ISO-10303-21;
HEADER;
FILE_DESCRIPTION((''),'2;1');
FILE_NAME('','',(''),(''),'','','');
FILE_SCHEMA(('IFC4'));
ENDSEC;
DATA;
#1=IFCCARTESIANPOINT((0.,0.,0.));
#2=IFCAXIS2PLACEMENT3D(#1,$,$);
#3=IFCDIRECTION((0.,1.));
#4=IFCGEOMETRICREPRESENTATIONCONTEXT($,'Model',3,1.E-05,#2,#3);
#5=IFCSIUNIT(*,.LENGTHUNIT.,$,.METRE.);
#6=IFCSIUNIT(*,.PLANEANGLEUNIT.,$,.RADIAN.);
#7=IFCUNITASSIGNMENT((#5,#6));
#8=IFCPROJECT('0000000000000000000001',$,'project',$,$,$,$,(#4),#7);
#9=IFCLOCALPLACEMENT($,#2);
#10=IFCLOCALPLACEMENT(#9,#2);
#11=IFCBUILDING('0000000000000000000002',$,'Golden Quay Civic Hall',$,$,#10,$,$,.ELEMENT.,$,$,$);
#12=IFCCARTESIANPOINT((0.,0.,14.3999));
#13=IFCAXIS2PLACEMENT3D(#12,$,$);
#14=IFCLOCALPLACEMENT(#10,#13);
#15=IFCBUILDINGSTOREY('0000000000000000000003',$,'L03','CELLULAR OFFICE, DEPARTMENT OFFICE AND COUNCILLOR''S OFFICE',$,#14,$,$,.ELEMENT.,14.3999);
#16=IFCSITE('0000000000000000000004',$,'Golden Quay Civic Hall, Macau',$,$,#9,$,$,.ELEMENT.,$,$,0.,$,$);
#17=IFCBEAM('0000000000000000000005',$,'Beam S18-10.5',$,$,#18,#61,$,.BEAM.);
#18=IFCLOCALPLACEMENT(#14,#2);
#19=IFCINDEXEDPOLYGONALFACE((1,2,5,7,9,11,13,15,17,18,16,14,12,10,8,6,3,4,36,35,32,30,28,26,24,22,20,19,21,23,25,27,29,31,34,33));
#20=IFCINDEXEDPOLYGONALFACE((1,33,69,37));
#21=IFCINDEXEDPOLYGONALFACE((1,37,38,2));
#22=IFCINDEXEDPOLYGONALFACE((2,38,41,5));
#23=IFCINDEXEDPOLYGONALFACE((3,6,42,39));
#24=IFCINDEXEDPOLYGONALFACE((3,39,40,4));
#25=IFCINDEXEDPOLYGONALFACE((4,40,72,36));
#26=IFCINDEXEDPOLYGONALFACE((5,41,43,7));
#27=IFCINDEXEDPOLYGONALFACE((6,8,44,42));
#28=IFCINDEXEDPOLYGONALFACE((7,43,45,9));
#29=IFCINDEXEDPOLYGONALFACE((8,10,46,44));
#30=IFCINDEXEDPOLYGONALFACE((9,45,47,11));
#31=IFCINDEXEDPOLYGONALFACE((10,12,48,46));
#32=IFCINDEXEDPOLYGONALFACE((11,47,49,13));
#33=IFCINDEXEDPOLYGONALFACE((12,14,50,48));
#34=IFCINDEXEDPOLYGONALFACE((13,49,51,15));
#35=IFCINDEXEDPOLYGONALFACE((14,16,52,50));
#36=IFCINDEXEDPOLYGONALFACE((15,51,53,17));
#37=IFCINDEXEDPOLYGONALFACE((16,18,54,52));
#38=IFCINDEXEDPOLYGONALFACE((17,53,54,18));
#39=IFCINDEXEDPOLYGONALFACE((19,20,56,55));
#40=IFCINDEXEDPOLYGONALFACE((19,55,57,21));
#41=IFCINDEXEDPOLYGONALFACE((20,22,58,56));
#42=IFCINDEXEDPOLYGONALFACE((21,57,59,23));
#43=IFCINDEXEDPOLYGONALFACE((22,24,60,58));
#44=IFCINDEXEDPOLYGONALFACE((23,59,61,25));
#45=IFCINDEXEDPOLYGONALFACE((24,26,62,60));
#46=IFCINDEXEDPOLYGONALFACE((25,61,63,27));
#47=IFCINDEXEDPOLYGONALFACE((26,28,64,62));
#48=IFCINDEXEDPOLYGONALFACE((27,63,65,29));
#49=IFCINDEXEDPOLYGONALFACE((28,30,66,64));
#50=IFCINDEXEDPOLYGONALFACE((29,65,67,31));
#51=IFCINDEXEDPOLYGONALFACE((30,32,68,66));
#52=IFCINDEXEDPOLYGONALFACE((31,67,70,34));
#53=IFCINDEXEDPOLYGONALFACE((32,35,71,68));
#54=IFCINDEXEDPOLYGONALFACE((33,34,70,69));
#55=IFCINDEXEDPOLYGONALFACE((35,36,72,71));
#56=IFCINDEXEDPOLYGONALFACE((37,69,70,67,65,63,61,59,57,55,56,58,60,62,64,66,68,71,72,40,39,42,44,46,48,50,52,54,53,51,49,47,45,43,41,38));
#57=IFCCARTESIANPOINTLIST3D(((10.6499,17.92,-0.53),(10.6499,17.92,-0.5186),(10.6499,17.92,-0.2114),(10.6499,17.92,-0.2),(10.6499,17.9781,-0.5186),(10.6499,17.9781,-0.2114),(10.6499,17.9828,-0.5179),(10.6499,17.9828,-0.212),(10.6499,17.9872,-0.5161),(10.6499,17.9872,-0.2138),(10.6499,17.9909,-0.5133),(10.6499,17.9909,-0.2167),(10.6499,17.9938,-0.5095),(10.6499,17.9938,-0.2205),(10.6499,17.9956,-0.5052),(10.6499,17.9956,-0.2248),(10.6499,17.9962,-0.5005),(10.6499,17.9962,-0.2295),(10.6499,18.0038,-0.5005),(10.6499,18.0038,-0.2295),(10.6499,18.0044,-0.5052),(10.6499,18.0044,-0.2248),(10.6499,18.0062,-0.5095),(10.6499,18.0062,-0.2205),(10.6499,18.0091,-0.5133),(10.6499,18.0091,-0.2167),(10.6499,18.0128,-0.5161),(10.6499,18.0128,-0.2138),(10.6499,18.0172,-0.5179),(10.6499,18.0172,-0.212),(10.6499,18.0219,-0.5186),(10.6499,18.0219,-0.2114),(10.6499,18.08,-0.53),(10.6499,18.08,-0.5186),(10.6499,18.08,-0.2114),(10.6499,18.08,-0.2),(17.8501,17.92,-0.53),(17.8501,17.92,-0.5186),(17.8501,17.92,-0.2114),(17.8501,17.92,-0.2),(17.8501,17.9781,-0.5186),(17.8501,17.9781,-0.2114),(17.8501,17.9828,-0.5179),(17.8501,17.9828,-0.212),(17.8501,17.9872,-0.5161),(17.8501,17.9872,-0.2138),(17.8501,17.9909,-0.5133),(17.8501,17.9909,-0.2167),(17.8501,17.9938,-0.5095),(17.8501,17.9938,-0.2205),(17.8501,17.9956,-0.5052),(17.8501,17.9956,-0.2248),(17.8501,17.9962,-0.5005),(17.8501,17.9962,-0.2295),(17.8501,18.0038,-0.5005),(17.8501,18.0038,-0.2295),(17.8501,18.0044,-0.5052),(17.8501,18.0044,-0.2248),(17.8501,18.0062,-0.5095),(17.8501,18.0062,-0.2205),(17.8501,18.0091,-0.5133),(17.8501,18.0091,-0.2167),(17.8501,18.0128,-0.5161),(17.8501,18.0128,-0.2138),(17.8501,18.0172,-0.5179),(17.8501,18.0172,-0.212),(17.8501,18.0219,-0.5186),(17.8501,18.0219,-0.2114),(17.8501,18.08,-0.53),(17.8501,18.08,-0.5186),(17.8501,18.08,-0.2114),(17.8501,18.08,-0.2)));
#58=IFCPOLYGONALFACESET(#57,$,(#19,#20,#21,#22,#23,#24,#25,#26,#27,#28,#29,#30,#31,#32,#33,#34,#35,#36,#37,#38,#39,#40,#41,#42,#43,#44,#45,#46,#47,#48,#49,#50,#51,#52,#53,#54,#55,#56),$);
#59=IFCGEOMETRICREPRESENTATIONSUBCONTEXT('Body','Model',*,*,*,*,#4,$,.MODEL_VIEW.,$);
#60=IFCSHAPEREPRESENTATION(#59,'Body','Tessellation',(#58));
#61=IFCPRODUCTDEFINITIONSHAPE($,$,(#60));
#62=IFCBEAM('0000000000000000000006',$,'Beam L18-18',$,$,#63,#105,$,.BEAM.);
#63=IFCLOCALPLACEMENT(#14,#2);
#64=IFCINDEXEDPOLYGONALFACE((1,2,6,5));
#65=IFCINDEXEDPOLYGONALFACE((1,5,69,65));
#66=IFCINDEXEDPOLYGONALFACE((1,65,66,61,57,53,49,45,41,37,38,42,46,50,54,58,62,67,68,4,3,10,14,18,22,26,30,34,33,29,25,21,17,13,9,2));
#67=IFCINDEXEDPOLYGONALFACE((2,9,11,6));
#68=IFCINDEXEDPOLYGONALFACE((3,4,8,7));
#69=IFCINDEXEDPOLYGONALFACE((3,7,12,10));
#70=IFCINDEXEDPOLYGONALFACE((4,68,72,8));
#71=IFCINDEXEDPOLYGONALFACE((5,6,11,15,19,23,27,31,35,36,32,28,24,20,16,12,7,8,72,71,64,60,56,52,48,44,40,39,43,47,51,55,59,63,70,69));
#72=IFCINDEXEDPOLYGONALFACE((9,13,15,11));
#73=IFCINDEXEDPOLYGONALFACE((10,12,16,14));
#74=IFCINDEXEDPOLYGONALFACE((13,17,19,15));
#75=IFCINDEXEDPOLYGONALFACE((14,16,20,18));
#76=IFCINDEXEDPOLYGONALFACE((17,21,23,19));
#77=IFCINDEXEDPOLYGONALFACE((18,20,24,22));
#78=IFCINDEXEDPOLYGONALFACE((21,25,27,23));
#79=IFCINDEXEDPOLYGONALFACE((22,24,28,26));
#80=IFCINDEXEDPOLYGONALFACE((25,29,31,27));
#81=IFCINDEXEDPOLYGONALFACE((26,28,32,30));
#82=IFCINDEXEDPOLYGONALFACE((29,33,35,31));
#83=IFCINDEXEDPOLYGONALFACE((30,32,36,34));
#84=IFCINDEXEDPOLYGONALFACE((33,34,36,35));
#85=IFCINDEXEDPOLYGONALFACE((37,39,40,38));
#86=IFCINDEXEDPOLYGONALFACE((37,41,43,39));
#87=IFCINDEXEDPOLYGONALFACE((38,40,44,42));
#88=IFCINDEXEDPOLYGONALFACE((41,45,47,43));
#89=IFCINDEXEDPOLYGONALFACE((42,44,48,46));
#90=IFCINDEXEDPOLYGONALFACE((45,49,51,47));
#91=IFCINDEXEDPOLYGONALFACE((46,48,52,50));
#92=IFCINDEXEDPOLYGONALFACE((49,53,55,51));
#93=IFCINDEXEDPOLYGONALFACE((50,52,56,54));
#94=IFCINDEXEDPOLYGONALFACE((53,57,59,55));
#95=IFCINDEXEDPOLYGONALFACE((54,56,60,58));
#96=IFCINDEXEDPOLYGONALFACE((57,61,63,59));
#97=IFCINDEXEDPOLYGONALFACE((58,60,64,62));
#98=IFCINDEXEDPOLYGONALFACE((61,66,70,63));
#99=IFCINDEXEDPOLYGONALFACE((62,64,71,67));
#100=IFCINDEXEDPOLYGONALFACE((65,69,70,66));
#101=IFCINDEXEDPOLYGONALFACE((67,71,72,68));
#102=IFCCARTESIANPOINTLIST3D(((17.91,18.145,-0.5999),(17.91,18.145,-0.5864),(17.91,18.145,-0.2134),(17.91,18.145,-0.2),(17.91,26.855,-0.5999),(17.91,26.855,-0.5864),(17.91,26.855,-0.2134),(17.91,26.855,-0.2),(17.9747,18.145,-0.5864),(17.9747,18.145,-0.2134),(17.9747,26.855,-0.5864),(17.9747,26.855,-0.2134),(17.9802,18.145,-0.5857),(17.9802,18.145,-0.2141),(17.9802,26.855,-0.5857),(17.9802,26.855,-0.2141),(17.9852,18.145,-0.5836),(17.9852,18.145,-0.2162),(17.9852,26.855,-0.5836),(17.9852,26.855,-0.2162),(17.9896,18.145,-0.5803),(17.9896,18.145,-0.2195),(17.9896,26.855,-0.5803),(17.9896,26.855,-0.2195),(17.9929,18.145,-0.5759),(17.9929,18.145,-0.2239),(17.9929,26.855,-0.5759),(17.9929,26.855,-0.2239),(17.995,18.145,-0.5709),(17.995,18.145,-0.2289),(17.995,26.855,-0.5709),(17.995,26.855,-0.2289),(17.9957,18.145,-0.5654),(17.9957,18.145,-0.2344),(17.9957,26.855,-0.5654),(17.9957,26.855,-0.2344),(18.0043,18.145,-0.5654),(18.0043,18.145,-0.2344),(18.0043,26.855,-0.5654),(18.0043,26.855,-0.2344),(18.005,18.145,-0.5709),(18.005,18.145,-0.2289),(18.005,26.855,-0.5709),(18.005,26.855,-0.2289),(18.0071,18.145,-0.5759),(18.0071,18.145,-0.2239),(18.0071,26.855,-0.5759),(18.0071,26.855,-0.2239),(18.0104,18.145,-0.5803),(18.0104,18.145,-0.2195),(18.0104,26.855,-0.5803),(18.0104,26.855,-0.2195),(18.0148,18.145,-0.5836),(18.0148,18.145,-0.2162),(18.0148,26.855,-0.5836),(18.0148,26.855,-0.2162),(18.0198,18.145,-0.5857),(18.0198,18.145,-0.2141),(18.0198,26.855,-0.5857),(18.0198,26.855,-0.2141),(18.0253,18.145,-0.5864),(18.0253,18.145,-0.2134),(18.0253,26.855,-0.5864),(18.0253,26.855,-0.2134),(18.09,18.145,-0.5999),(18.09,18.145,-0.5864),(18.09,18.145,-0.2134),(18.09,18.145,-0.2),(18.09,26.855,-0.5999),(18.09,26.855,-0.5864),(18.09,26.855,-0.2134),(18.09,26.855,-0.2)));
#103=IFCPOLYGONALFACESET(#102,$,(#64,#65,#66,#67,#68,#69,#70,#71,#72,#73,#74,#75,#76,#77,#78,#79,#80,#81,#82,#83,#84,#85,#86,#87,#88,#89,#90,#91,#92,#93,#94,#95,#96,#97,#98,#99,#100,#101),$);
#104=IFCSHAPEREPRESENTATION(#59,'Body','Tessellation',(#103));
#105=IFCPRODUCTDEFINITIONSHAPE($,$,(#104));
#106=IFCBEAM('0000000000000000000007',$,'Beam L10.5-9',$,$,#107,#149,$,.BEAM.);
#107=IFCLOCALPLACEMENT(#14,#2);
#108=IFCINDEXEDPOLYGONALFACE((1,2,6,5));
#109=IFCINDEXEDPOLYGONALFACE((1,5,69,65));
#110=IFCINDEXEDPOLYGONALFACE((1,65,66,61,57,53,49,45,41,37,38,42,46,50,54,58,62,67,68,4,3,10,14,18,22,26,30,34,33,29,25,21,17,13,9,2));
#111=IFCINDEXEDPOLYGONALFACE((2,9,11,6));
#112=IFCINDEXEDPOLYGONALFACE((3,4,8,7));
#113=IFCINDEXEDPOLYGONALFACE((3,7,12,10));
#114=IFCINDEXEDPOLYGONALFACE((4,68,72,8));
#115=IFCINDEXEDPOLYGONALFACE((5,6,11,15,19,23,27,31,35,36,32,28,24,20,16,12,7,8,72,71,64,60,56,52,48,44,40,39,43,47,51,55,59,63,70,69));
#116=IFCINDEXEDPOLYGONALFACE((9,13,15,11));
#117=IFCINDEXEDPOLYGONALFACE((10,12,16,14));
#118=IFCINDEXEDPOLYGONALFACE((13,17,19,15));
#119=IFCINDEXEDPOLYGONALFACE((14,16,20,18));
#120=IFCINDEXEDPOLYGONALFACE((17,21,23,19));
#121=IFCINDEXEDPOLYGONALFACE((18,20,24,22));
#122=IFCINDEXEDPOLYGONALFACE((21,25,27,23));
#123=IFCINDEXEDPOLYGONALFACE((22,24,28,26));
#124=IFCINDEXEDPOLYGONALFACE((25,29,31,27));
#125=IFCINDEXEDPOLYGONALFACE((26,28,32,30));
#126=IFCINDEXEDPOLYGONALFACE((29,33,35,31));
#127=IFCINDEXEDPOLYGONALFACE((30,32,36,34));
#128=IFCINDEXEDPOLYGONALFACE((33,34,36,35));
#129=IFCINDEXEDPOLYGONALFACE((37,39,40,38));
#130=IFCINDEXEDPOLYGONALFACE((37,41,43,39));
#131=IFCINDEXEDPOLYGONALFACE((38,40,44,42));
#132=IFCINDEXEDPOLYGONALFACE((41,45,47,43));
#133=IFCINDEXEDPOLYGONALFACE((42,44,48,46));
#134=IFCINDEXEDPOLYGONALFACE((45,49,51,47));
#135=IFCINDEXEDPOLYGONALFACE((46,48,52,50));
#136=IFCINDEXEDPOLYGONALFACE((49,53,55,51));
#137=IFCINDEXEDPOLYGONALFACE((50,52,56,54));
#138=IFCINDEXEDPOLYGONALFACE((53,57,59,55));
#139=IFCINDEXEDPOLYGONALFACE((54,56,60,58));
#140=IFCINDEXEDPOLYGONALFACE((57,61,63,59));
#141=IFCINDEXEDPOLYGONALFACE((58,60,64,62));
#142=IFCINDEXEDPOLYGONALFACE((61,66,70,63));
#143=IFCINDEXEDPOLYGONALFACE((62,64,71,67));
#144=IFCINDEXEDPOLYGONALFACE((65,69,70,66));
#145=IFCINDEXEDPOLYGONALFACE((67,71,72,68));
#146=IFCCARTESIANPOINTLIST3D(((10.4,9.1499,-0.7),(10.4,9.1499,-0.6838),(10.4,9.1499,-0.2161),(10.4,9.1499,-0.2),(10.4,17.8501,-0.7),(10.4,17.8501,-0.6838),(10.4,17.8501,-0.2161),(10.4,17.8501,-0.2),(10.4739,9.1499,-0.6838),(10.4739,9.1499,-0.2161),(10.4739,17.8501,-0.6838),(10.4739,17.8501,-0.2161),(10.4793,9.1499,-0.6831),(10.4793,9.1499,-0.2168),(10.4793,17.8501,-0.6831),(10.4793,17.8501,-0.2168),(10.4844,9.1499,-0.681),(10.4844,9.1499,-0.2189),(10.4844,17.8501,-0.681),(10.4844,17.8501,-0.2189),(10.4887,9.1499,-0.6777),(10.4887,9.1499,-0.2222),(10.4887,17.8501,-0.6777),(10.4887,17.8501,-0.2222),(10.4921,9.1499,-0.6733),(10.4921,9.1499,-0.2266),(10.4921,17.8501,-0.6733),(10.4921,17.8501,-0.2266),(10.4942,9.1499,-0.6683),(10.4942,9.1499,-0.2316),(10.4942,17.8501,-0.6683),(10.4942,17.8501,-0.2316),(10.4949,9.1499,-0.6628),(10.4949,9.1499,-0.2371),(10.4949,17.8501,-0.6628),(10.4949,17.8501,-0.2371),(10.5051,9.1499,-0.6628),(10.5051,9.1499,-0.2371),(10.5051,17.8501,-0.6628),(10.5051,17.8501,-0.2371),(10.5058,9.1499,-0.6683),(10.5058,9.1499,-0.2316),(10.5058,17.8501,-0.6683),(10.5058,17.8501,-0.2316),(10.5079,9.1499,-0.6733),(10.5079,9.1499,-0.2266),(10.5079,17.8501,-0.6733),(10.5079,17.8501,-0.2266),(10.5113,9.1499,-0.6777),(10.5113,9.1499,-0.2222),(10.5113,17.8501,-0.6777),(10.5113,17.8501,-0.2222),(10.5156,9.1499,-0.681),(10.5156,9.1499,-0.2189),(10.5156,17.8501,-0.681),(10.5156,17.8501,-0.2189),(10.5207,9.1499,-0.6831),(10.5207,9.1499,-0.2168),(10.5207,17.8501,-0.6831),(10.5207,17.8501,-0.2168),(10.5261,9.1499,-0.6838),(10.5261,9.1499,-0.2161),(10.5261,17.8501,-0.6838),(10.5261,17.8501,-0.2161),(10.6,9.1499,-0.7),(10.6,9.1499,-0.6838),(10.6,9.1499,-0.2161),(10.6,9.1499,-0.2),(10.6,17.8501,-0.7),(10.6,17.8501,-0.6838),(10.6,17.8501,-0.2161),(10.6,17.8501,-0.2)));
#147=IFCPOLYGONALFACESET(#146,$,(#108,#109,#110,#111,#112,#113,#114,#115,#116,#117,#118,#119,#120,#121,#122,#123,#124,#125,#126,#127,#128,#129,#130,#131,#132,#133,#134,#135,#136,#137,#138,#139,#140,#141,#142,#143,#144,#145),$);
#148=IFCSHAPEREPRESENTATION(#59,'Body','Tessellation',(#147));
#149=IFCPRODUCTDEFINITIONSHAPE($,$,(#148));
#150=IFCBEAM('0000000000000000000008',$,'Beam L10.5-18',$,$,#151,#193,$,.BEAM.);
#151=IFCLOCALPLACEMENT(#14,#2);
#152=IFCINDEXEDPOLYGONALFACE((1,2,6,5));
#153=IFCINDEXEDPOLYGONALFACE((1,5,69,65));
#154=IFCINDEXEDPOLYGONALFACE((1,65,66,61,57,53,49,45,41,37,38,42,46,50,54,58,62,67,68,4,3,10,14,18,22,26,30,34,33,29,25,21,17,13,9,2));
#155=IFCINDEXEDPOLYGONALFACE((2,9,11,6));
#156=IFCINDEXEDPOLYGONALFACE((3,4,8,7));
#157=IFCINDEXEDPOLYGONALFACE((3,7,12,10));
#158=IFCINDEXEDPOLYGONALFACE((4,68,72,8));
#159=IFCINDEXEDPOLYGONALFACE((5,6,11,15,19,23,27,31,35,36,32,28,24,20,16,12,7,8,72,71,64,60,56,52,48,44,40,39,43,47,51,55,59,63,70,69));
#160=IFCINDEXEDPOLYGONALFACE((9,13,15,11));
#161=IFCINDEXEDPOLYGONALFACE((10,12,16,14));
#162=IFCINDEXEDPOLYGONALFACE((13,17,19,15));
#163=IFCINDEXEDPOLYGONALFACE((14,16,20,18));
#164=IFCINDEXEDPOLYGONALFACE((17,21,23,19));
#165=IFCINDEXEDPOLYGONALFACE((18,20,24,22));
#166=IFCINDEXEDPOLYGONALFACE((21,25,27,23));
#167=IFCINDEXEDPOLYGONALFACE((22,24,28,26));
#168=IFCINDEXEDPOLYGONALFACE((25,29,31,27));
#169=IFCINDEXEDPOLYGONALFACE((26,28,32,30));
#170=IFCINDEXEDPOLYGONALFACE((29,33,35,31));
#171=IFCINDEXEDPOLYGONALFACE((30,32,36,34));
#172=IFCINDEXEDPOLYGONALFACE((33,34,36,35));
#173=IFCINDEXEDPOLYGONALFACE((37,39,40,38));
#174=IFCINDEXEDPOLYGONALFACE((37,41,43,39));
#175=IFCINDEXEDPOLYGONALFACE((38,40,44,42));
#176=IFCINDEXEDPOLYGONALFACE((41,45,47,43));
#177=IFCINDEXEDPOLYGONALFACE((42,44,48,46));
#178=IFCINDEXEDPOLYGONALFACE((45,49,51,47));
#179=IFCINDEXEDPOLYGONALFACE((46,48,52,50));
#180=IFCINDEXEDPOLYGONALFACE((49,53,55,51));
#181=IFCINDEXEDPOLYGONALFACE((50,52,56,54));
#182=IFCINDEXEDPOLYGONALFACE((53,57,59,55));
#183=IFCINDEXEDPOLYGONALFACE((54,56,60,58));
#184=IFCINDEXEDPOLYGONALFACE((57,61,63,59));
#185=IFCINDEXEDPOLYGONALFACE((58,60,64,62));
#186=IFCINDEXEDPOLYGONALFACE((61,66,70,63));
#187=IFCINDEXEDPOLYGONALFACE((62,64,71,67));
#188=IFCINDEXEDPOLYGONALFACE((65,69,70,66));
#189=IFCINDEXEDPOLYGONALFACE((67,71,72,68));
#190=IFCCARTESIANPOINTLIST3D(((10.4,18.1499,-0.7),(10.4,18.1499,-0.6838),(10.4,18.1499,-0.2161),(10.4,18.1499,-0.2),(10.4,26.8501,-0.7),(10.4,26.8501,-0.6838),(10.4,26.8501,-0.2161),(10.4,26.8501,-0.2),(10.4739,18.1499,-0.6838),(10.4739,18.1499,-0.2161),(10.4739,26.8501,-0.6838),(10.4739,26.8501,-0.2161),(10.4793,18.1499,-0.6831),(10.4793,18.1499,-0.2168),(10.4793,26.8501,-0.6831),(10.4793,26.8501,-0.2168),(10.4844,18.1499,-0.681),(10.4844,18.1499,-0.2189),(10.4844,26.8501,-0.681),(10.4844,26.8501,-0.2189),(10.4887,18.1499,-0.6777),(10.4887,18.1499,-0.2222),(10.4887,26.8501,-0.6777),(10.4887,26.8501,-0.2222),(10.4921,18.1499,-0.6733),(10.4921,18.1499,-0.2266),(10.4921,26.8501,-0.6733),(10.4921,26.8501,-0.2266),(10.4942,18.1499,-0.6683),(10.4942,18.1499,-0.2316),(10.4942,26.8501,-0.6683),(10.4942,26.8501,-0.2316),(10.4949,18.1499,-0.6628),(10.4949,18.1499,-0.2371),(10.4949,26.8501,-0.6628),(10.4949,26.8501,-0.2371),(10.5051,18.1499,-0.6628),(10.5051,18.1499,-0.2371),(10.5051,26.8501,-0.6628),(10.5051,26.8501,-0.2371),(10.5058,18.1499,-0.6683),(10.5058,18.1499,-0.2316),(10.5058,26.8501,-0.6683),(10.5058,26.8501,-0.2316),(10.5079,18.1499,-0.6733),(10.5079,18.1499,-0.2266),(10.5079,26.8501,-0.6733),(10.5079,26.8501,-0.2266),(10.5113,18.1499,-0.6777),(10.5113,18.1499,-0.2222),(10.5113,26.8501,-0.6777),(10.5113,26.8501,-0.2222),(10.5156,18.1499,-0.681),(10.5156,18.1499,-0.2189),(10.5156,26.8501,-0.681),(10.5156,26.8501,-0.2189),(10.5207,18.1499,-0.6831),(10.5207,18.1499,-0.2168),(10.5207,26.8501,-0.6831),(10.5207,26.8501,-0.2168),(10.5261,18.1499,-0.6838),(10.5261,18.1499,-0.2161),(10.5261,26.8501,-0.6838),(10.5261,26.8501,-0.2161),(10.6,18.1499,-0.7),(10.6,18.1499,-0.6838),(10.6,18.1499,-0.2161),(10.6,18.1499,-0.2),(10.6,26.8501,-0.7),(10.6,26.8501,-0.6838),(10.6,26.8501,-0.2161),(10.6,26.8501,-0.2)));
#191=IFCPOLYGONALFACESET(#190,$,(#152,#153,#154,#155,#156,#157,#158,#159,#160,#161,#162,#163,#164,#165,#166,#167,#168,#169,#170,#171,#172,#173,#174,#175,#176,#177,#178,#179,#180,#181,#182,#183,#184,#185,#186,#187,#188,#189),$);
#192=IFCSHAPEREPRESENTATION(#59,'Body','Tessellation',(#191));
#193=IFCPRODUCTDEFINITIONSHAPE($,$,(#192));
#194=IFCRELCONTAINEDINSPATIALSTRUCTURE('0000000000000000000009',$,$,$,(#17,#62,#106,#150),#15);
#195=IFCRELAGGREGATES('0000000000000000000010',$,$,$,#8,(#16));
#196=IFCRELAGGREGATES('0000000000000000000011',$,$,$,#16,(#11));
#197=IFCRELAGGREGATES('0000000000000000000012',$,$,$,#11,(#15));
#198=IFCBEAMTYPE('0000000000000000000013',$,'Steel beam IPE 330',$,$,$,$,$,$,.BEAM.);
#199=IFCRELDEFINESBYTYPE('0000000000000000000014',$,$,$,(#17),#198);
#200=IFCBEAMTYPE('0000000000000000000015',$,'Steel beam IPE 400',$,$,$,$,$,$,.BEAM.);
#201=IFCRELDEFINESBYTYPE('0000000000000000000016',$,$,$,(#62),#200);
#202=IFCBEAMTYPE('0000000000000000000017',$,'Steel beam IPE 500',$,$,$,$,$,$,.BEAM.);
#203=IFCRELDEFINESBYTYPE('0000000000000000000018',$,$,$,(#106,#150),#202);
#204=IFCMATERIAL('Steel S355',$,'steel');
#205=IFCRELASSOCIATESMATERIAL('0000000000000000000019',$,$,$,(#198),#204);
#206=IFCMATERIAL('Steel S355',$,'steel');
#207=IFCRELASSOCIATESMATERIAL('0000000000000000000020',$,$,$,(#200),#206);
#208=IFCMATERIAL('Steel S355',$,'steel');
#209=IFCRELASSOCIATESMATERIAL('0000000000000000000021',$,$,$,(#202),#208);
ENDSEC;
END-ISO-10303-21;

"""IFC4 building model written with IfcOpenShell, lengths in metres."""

from ifc_helpers import new_model, si_unit, direction, frame, origin, origin_2d, place, context, subcontext, project, spatial, i_section, extrude, material, material_profile, profile_set, type_object, element, save


model = new_model("IFC4")

# Units and contexts
model_context = context("Model", 3, precision=1e-05, world=origin(), true_north=direction((0.0, 1.0)))
body_context = subcontext(model_context, "Body", "Model", "MODEL_VIEW")
ifc_project = project(units=[si_unit("LENGTHUNIT", "METRE"), si_unit("PLANEANGLEUNIT", "RADIAN")], contexts=[model_context])

# Site, building, storey
site_placement = place(None, origin())
site = spatial("IfcSite", under=ifc_project, at=site_placement, Name="Golden Quay Civic Hall, Macau", CompositionType="ELEMENT", RefElevation=0.0)
building_placement = place(site_placement, origin())
building = spatial("IfcBuilding", under=site, at=building_placement, Name="Golden Quay Civic Hall", CompositionType="ELEMENT")
storey_placement = place(building_placement, frame((0.0, 0.0, 14.3999)))
storey = spatial("IfcBuildingStorey", under=building, at=storey_placement, Name="L03", Description="CELLULAR OFFICE, DEPARTMENT OFFICE AND COUNCILLOR'S OFFICE", CompositionType="ELEMENT", Elevation=14.3999)

# Beams
ifc_material_1 = material(Name="Steel S355", Category="steel")
ifc_material_profile_1 = material_profile(ifc_material_1, i_section(OverallWidth=0.1599, OverallDepth=0.3301, WebThickness=0.0076, FlangeThickness=0.0115, FilletRadius=0.0181, at=origin_2d()), Name="IPE 330")
ifc_profile_set_1 = profile_set([ifc_material_profile_1], Name="Steel S355")
beam_type_1 = type_object("IfcBeamType", Name="Steel beam IPE 330", PredefinedType="BEAM", material=ifc_profile_set_1)
beam_1_placement = place(storey_placement, frame((10.6499, 18.0, -0.365), z_axis=(1.0, 0.0, 0.0), x_axis=(0.0, 1.0, 0.0)))
element("IfcBeam", 1, at=beam_1_placement, inside=storey, type_object=beam_type_1, Name="Beam S18-10.5", PredefinedType="BEAM", context=body_context, shape_type="SweptSolid", body=[
    extrude(i_section(OverallWidth=0.1599, OverallDepth=0.3301, WebThickness=0.0076, FlangeThickness=0.0115, FilletRadius=0.0181, at=origin_2d()), origin(), (0.0, 0.0, 1.0), 7.2002),
])
ifc_material_2 = material(Name="Steel S355", Category="steel")
ifc_material_profile_2 = material_profile(ifc_material_2, i_section(OverallWidth=0.1799, OverallDepth=0.3999, WebThickness=0.0085, FlangeThickness=0.0134, FilletRadius=0.021, at=origin_2d()), Name="IPE 400")
ifc_profile_set_2 = profile_set([ifc_material_profile_2], Name="Steel S355")
beam_type_2 = type_object("IfcBeamType", Name="Steel beam IPE 400", PredefinedType="BEAM", material=ifc_profile_set_2)
beam_2_placement = place(storey_placement, frame((18.0, 18.145, -0.3999), z_axis=(0.0, 1.0, 0.0), x_axis=(-1.0, 0.0, 0.0)))
element("IfcBeam", 2, at=beam_2_placement, inside=storey, type_object=beam_type_2, Name="Beam L18-18", PredefinedType="BEAM", context=body_context, shape_type="SweptSolid", body=[
    extrude(i_section(OverallWidth=0.1799, OverallDepth=0.3999, WebThickness=0.0085, FlangeThickness=0.0134, FilletRadius=0.021, at=origin_2d()), origin(), (0.0, 0.0, 1.0), 8.71),
])
ifc_material_3 = material(Name="Steel S355", Category="steel")
ifc_material_profile_3 = material_profile(ifc_material_3, i_section(OverallWidth=0.2, OverallDepth=0.5, WebThickness=0.0103, FlangeThickness=0.0161, FilletRadius=0.021, at=origin_2d()), Name="IPE 500")
ifc_profile_set_3 = profile_set([ifc_material_profile_3], Name="Steel S355")
beam_type_3 = type_object("IfcBeamType", Name="Steel beam IPE 500", PredefinedType="BEAM", material=ifc_profile_set_3)
for number, where, z_axis, x_axis, name in (
    (3, (10.5, 9.1499, -0.45), (0.0, 1.0, 0.0), (-1.0, 0.0, 0.0), "Beam L10.5-9"),
    (4, (10.5, 18.1499, -0.45), (0.0, 1.0, 0.0), (-1.0, 0.0, 0.0), "Beam L10.5-18"),
):
    element("IfcBeam", number, at=place(storey_placement, frame(where, z_axis=z_axis, x_axis=x_axis)), inside=storey, type_object=beam_type_3, Name=name, PredefinedType="BEAM", context=body_context, shape_type="SweptSolid", body=[
        extrude(i_section(OverallWidth=0.2, OverallDepth=0.5, WebThickness=0.0103, FlangeThickness=0.0161, FilletRadius=0.021, at=origin_2d()), origin(), (0.0, 0.0, 1.0), 8.7002),
    ])

save(model, "model.ifc")
